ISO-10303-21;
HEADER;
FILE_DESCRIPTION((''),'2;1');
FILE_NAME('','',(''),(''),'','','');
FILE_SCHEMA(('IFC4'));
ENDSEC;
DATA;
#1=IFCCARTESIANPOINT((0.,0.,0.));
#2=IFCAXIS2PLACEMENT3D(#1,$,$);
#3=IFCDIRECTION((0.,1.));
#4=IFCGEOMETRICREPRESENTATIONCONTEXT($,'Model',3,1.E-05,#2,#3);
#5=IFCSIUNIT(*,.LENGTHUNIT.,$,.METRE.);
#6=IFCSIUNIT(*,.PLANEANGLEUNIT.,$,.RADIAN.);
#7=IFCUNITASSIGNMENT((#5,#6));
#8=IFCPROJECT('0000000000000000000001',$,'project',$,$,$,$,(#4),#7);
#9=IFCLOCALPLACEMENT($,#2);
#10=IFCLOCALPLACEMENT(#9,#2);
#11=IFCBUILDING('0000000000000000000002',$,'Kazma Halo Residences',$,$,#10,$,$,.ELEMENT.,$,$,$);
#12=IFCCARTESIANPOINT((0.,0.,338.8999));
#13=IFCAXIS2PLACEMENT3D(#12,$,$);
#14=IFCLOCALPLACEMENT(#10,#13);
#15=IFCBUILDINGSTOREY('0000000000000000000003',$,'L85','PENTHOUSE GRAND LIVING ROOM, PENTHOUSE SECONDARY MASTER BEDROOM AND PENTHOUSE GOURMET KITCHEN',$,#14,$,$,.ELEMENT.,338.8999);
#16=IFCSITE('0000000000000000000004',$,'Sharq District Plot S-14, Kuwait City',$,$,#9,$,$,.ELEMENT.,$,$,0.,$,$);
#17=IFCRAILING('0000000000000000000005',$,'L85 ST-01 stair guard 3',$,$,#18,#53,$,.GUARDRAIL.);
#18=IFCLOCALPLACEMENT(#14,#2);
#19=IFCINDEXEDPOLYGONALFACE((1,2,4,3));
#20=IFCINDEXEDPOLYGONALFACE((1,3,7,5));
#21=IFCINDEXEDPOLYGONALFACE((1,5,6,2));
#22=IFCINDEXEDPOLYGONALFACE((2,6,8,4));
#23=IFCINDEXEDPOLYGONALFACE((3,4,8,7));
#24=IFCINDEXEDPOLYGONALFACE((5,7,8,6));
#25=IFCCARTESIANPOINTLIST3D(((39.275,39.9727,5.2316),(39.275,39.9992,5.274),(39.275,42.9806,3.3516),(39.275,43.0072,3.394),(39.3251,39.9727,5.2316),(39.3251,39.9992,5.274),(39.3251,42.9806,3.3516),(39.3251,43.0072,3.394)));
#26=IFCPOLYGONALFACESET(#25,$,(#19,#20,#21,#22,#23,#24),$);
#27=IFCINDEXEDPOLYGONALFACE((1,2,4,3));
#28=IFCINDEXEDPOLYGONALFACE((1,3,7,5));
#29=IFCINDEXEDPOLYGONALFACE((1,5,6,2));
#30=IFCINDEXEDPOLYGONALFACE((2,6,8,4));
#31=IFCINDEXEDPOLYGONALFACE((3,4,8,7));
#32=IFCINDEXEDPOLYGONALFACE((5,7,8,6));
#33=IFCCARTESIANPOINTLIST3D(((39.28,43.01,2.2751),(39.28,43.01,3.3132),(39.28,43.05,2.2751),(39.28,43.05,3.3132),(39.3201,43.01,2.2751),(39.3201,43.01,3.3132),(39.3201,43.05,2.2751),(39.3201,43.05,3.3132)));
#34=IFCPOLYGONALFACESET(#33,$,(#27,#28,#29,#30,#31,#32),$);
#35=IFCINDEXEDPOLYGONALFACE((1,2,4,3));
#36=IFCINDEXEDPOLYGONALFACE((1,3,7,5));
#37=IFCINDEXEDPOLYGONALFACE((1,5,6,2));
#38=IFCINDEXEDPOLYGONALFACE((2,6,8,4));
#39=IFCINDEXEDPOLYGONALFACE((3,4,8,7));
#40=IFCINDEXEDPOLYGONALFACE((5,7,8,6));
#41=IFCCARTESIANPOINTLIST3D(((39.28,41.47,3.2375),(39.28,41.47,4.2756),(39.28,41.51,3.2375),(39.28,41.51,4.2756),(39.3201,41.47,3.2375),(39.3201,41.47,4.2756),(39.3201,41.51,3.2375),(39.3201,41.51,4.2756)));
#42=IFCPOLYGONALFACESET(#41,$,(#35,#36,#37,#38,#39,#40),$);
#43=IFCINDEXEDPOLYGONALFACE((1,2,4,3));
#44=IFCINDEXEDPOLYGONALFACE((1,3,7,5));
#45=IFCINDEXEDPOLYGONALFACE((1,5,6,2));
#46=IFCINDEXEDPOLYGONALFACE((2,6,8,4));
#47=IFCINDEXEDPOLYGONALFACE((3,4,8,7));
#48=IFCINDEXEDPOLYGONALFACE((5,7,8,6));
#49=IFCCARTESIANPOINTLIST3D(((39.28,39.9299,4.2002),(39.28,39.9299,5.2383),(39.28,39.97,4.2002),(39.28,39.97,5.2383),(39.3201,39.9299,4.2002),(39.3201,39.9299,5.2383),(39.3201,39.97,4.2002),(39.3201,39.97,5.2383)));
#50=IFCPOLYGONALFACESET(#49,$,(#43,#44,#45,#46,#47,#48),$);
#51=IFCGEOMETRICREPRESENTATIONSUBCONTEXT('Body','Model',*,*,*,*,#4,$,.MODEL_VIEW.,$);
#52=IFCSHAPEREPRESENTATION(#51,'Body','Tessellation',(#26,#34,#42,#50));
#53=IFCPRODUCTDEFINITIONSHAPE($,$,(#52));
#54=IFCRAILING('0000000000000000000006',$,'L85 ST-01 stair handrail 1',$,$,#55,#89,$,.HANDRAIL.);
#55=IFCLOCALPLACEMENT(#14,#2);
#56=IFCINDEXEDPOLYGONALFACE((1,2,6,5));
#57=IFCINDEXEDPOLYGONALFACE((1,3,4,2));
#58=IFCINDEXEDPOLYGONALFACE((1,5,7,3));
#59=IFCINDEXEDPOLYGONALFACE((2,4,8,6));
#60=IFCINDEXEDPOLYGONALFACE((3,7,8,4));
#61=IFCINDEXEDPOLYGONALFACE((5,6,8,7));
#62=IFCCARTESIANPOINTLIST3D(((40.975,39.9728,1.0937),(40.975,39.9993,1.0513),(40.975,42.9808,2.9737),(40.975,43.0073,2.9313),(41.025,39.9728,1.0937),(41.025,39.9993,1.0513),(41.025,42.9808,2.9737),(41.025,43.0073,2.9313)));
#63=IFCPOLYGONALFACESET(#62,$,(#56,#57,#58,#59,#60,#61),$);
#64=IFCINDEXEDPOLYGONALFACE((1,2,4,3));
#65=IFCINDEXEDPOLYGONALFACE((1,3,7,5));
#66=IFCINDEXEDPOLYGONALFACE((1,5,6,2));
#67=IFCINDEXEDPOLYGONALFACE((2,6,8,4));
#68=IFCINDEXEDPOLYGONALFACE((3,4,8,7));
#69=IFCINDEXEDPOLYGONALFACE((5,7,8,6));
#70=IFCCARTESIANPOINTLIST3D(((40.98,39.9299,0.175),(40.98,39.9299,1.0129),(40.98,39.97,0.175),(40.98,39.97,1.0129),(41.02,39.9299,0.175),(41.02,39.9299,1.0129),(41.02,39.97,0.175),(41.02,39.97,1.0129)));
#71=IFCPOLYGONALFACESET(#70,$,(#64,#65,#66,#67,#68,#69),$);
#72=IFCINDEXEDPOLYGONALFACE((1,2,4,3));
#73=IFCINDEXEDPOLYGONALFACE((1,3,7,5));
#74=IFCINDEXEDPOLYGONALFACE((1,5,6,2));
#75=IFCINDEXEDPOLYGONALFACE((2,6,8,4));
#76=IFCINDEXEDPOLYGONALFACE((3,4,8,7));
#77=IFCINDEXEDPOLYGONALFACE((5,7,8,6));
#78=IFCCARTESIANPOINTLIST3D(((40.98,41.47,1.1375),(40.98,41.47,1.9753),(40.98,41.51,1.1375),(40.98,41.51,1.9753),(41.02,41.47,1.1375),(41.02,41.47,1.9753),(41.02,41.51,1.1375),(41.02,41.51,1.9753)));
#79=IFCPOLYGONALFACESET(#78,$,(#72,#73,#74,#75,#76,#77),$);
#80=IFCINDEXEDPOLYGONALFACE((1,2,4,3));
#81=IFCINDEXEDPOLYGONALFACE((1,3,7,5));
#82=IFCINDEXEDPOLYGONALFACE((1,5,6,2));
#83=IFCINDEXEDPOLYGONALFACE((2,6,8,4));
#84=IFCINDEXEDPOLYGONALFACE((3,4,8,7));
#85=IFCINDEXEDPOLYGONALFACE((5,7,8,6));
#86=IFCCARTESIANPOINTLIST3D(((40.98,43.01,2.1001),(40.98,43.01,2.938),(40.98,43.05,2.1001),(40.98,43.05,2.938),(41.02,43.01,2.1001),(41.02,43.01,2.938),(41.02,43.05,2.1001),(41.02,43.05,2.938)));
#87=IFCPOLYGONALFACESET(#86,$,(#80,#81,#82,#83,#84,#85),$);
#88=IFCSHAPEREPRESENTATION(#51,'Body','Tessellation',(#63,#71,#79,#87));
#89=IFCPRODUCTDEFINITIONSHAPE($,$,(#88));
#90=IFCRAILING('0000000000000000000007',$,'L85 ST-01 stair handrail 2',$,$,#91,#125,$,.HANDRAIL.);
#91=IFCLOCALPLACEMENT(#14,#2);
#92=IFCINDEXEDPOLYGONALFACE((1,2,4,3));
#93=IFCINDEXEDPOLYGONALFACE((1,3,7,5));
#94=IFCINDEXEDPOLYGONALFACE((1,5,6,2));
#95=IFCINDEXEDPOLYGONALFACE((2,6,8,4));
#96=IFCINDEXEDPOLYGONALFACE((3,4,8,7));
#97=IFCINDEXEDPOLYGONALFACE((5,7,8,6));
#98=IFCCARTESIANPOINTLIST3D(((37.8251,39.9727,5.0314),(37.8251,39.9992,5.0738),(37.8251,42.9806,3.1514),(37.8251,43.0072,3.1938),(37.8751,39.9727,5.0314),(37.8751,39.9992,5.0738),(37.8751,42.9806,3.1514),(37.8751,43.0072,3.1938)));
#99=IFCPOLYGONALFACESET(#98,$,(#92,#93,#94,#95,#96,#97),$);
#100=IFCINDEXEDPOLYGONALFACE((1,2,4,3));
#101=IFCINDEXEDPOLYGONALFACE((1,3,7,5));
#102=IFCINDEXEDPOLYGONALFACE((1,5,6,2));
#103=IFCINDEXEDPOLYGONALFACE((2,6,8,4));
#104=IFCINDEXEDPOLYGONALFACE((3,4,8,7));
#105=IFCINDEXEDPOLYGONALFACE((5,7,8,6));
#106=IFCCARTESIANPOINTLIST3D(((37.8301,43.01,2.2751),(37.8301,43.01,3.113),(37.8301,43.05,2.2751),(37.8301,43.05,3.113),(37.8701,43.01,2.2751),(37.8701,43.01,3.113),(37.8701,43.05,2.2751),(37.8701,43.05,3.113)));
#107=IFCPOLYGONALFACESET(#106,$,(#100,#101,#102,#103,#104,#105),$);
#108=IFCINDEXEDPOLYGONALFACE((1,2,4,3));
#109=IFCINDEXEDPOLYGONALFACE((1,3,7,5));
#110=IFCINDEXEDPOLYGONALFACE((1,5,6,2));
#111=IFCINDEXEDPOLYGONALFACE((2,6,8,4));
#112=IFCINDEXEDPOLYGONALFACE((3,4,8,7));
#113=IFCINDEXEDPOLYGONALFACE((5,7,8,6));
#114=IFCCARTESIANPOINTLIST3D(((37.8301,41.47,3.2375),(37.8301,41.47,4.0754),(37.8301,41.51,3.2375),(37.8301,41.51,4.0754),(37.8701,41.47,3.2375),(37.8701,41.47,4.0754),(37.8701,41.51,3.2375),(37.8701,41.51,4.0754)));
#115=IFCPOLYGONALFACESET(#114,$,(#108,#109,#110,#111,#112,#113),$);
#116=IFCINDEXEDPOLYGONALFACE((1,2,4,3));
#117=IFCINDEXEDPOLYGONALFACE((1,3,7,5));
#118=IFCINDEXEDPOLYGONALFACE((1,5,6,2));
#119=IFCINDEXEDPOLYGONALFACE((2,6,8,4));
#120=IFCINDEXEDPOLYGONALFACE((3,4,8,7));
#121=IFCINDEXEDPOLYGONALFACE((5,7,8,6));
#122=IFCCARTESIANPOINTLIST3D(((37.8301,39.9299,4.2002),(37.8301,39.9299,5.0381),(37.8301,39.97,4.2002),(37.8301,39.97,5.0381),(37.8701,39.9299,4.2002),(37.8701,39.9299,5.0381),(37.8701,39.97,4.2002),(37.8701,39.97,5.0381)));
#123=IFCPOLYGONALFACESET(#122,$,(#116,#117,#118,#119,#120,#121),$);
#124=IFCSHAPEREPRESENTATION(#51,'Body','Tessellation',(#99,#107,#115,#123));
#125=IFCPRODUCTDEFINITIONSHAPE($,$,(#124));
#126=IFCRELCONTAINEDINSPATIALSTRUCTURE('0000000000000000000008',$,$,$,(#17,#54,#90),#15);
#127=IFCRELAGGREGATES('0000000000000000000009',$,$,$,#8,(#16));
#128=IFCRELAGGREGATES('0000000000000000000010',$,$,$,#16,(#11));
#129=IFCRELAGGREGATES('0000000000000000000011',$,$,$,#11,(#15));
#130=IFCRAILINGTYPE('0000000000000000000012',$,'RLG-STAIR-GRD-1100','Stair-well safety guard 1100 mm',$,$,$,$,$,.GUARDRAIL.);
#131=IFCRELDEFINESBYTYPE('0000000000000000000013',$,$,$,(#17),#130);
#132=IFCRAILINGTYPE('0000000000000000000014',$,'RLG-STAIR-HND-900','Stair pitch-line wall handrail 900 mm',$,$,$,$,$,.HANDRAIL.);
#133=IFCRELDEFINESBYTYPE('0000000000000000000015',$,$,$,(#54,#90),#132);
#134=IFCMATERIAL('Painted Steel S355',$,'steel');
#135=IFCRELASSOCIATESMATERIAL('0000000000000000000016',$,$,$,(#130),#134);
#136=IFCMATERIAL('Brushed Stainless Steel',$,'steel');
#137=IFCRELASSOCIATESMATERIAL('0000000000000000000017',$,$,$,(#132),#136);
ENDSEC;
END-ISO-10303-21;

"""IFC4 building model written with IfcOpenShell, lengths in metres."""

from ifc_helpers import new_model, si_unit, direction, frame, origin, origin_2d, place, context, subcontext, project, spatial, rectangle, extrude, material, type_object, element, save


model = new_model("IFC4")

# Units and contexts
model_context = context("Model", 3, precision=1e-05, world=origin(), true_north=direction((0.0, 1.0)))
body_context = subcontext(model_context, "Body", "Model", "MODEL_VIEW")
ifc_project = project(units=[si_unit("LENGTHUNIT", "METRE"), si_unit("PLANEANGLEUNIT", "RADIAN")], contexts=[model_context])

# Site, building, storey
site_placement = place(None, origin())
site = spatial("IfcSite", under=ifc_project, at=site_placement, Name="Sharq District Plot S-14, Kuwait City", CompositionType="ELEMENT", RefElevation=0.0)
building_placement = place(site_placement, origin())
building = spatial("IfcBuilding", under=site, at=building_placement, Name="Kazma Halo Residences", CompositionType="ELEMENT")
storey_placement = place(building_placement, frame((0.0, 0.0, 338.8999)))
storey = spatial("IfcBuildingStorey", under=building, at=storey_placement, Name="L85", Description="PENTHOUSE GRAND LIVING ROOM, PENTHOUSE SECONDARY MASTER BEDROOM AND PENTHOUSE GOURMET KITCHEN", CompositionType="ELEMENT", Elevation=338.8999)

# Railings
ifc_material_1 = material(Name="Painted Steel S355", Category="steel")
railing_type_1 = type_object("IfcRailingType", Name="RLG-STAIR-GRD-1100", Description="Stair-well safety guard 1100 mm", PredefinedType="GUARDRAIL", material=ifc_material_1)
railing_1_placement = place(storey_placement, frame((39.3, 43.03, 2.2751)))
element("IfcRailing", 1, at=railing_1_placement, inside=storey, type_object=railing_type_1, Name="L85 ST-01 stair guard 3", PredefinedType="GUARDRAIL", context=body_context, shape_type="SweptSolid", body=[
    extrude(rectangle(XDim=0.05, YDim=0.05, at=origin_2d()), frame((0.0, -0.0361, 1.0977), z_axis=(0.0, -0.847998, 0.529999), x_axis=(1.0, 0.0, 0.0)), (0.0, 0.0, 1.0), 3.5471),
    extrude(rectangle(XDim=0.04, YDim=0.04, at=origin_2d()), origin(), (0.0, 0.0, 1.0), 1.0381),
    extrude(rectangle(XDim=0.04, YDim=0.04, at=origin_2d()), frame((0.0, -1.54, 0.9624)), (0.0, 0.0, 1.0), 1.0381),
    extrude(rectangle(XDim=0.04, YDim=0.04, at=origin_2d()), frame((0.0, -3.0801, 1.925)), (0.0, 0.0, 1.0), 1.0381),
])
ifc_material_2 = material(Name="Brushed Stainless Steel", Category="steel")
railing_type_2 = type_object("IfcRailingType", Name="RLG-STAIR-HND-900", Description="Stair pitch-line wall handrail 900 mm", PredefinedType="HANDRAIL", material=ifc_material_2)
railing_2_placement = place(storey_placement, frame((41.0, 39.95, 0.175)))
element("IfcRailing", 2, at=railing_2_placement, inside=storey, type_object=railing_type_2, Name="L85 ST-01 stair handrail 1", PredefinedType="HANDRAIL", context=body_context, shape_type="SweptSolid", body=[
    extrude(rectangle(XDim=0.05, YDim=0.05, at=origin_2d()), frame((0.0, 0.0361, 0.8975), z_axis=(0.0, 0.847998, 0.529999), x_axis=(-1.0, 0.0, 0.0)), (0.0, 0.0, 1.0), 3.5471),
    extrude(rectangle(XDim=0.04, YDim=0.04, at=origin_2d()), origin(), (0.0, 0.0, 1.0), 0.8379),
    extrude(rectangle(XDim=0.04, YDim=0.04, at=origin_2d()), frame((0.0, 1.54, 0.9624)), (0.0, 0.0, 1.0), 0.8379),
    extrude(rectangle(XDim=0.04, YDim=0.04, at=origin_2d()), frame((0.0, 3.0801, 1.925)), (0.0, 0.0, 1.0), 0.8379),
])
railing_3_placement = place(storey_placement, frame((37.8501, 43.03, 2.2751)))
element("IfcRailing", 3, at=railing_3_placement, inside=storey, type_object=railing_type_2, Name="L85 ST-01 stair handrail 2", PredefinedType="HANDRAIL", context=body_context, shape_type="SweptSolid", body=[
    extrude(rectangle(XDim=0.05, YDim=0.05, at=origin_2d()), frame((0.0, -0.0361, 0.8975), z_axis=(0.0, -0.847998, 0.529999), x_axis=(1.0, 0.0, 0.0)), (0.0, 0.0, 1.0), 3.5471),
    extrude(rectangle(XDim=0.04, YDim=0.04, at=origin_2d()), origin(), (0.0, 0.0, 1.0), 0.8379),
    extrude(rectangle(XDim=0.04, YDim=0.04, at=origin_2d()), frame((0.0, -1.54, 0.9624)), (0.0, 0.0, 1.0), 0.8379),
    extrude(rectangle(XDim=0.04, YDim=0.04, at=origin_2d()), frame((0.0, -3.0801, 1.925)), (0.0, 0.0, 1.0), 0.8379),
])

save(model, "model.ifc")
